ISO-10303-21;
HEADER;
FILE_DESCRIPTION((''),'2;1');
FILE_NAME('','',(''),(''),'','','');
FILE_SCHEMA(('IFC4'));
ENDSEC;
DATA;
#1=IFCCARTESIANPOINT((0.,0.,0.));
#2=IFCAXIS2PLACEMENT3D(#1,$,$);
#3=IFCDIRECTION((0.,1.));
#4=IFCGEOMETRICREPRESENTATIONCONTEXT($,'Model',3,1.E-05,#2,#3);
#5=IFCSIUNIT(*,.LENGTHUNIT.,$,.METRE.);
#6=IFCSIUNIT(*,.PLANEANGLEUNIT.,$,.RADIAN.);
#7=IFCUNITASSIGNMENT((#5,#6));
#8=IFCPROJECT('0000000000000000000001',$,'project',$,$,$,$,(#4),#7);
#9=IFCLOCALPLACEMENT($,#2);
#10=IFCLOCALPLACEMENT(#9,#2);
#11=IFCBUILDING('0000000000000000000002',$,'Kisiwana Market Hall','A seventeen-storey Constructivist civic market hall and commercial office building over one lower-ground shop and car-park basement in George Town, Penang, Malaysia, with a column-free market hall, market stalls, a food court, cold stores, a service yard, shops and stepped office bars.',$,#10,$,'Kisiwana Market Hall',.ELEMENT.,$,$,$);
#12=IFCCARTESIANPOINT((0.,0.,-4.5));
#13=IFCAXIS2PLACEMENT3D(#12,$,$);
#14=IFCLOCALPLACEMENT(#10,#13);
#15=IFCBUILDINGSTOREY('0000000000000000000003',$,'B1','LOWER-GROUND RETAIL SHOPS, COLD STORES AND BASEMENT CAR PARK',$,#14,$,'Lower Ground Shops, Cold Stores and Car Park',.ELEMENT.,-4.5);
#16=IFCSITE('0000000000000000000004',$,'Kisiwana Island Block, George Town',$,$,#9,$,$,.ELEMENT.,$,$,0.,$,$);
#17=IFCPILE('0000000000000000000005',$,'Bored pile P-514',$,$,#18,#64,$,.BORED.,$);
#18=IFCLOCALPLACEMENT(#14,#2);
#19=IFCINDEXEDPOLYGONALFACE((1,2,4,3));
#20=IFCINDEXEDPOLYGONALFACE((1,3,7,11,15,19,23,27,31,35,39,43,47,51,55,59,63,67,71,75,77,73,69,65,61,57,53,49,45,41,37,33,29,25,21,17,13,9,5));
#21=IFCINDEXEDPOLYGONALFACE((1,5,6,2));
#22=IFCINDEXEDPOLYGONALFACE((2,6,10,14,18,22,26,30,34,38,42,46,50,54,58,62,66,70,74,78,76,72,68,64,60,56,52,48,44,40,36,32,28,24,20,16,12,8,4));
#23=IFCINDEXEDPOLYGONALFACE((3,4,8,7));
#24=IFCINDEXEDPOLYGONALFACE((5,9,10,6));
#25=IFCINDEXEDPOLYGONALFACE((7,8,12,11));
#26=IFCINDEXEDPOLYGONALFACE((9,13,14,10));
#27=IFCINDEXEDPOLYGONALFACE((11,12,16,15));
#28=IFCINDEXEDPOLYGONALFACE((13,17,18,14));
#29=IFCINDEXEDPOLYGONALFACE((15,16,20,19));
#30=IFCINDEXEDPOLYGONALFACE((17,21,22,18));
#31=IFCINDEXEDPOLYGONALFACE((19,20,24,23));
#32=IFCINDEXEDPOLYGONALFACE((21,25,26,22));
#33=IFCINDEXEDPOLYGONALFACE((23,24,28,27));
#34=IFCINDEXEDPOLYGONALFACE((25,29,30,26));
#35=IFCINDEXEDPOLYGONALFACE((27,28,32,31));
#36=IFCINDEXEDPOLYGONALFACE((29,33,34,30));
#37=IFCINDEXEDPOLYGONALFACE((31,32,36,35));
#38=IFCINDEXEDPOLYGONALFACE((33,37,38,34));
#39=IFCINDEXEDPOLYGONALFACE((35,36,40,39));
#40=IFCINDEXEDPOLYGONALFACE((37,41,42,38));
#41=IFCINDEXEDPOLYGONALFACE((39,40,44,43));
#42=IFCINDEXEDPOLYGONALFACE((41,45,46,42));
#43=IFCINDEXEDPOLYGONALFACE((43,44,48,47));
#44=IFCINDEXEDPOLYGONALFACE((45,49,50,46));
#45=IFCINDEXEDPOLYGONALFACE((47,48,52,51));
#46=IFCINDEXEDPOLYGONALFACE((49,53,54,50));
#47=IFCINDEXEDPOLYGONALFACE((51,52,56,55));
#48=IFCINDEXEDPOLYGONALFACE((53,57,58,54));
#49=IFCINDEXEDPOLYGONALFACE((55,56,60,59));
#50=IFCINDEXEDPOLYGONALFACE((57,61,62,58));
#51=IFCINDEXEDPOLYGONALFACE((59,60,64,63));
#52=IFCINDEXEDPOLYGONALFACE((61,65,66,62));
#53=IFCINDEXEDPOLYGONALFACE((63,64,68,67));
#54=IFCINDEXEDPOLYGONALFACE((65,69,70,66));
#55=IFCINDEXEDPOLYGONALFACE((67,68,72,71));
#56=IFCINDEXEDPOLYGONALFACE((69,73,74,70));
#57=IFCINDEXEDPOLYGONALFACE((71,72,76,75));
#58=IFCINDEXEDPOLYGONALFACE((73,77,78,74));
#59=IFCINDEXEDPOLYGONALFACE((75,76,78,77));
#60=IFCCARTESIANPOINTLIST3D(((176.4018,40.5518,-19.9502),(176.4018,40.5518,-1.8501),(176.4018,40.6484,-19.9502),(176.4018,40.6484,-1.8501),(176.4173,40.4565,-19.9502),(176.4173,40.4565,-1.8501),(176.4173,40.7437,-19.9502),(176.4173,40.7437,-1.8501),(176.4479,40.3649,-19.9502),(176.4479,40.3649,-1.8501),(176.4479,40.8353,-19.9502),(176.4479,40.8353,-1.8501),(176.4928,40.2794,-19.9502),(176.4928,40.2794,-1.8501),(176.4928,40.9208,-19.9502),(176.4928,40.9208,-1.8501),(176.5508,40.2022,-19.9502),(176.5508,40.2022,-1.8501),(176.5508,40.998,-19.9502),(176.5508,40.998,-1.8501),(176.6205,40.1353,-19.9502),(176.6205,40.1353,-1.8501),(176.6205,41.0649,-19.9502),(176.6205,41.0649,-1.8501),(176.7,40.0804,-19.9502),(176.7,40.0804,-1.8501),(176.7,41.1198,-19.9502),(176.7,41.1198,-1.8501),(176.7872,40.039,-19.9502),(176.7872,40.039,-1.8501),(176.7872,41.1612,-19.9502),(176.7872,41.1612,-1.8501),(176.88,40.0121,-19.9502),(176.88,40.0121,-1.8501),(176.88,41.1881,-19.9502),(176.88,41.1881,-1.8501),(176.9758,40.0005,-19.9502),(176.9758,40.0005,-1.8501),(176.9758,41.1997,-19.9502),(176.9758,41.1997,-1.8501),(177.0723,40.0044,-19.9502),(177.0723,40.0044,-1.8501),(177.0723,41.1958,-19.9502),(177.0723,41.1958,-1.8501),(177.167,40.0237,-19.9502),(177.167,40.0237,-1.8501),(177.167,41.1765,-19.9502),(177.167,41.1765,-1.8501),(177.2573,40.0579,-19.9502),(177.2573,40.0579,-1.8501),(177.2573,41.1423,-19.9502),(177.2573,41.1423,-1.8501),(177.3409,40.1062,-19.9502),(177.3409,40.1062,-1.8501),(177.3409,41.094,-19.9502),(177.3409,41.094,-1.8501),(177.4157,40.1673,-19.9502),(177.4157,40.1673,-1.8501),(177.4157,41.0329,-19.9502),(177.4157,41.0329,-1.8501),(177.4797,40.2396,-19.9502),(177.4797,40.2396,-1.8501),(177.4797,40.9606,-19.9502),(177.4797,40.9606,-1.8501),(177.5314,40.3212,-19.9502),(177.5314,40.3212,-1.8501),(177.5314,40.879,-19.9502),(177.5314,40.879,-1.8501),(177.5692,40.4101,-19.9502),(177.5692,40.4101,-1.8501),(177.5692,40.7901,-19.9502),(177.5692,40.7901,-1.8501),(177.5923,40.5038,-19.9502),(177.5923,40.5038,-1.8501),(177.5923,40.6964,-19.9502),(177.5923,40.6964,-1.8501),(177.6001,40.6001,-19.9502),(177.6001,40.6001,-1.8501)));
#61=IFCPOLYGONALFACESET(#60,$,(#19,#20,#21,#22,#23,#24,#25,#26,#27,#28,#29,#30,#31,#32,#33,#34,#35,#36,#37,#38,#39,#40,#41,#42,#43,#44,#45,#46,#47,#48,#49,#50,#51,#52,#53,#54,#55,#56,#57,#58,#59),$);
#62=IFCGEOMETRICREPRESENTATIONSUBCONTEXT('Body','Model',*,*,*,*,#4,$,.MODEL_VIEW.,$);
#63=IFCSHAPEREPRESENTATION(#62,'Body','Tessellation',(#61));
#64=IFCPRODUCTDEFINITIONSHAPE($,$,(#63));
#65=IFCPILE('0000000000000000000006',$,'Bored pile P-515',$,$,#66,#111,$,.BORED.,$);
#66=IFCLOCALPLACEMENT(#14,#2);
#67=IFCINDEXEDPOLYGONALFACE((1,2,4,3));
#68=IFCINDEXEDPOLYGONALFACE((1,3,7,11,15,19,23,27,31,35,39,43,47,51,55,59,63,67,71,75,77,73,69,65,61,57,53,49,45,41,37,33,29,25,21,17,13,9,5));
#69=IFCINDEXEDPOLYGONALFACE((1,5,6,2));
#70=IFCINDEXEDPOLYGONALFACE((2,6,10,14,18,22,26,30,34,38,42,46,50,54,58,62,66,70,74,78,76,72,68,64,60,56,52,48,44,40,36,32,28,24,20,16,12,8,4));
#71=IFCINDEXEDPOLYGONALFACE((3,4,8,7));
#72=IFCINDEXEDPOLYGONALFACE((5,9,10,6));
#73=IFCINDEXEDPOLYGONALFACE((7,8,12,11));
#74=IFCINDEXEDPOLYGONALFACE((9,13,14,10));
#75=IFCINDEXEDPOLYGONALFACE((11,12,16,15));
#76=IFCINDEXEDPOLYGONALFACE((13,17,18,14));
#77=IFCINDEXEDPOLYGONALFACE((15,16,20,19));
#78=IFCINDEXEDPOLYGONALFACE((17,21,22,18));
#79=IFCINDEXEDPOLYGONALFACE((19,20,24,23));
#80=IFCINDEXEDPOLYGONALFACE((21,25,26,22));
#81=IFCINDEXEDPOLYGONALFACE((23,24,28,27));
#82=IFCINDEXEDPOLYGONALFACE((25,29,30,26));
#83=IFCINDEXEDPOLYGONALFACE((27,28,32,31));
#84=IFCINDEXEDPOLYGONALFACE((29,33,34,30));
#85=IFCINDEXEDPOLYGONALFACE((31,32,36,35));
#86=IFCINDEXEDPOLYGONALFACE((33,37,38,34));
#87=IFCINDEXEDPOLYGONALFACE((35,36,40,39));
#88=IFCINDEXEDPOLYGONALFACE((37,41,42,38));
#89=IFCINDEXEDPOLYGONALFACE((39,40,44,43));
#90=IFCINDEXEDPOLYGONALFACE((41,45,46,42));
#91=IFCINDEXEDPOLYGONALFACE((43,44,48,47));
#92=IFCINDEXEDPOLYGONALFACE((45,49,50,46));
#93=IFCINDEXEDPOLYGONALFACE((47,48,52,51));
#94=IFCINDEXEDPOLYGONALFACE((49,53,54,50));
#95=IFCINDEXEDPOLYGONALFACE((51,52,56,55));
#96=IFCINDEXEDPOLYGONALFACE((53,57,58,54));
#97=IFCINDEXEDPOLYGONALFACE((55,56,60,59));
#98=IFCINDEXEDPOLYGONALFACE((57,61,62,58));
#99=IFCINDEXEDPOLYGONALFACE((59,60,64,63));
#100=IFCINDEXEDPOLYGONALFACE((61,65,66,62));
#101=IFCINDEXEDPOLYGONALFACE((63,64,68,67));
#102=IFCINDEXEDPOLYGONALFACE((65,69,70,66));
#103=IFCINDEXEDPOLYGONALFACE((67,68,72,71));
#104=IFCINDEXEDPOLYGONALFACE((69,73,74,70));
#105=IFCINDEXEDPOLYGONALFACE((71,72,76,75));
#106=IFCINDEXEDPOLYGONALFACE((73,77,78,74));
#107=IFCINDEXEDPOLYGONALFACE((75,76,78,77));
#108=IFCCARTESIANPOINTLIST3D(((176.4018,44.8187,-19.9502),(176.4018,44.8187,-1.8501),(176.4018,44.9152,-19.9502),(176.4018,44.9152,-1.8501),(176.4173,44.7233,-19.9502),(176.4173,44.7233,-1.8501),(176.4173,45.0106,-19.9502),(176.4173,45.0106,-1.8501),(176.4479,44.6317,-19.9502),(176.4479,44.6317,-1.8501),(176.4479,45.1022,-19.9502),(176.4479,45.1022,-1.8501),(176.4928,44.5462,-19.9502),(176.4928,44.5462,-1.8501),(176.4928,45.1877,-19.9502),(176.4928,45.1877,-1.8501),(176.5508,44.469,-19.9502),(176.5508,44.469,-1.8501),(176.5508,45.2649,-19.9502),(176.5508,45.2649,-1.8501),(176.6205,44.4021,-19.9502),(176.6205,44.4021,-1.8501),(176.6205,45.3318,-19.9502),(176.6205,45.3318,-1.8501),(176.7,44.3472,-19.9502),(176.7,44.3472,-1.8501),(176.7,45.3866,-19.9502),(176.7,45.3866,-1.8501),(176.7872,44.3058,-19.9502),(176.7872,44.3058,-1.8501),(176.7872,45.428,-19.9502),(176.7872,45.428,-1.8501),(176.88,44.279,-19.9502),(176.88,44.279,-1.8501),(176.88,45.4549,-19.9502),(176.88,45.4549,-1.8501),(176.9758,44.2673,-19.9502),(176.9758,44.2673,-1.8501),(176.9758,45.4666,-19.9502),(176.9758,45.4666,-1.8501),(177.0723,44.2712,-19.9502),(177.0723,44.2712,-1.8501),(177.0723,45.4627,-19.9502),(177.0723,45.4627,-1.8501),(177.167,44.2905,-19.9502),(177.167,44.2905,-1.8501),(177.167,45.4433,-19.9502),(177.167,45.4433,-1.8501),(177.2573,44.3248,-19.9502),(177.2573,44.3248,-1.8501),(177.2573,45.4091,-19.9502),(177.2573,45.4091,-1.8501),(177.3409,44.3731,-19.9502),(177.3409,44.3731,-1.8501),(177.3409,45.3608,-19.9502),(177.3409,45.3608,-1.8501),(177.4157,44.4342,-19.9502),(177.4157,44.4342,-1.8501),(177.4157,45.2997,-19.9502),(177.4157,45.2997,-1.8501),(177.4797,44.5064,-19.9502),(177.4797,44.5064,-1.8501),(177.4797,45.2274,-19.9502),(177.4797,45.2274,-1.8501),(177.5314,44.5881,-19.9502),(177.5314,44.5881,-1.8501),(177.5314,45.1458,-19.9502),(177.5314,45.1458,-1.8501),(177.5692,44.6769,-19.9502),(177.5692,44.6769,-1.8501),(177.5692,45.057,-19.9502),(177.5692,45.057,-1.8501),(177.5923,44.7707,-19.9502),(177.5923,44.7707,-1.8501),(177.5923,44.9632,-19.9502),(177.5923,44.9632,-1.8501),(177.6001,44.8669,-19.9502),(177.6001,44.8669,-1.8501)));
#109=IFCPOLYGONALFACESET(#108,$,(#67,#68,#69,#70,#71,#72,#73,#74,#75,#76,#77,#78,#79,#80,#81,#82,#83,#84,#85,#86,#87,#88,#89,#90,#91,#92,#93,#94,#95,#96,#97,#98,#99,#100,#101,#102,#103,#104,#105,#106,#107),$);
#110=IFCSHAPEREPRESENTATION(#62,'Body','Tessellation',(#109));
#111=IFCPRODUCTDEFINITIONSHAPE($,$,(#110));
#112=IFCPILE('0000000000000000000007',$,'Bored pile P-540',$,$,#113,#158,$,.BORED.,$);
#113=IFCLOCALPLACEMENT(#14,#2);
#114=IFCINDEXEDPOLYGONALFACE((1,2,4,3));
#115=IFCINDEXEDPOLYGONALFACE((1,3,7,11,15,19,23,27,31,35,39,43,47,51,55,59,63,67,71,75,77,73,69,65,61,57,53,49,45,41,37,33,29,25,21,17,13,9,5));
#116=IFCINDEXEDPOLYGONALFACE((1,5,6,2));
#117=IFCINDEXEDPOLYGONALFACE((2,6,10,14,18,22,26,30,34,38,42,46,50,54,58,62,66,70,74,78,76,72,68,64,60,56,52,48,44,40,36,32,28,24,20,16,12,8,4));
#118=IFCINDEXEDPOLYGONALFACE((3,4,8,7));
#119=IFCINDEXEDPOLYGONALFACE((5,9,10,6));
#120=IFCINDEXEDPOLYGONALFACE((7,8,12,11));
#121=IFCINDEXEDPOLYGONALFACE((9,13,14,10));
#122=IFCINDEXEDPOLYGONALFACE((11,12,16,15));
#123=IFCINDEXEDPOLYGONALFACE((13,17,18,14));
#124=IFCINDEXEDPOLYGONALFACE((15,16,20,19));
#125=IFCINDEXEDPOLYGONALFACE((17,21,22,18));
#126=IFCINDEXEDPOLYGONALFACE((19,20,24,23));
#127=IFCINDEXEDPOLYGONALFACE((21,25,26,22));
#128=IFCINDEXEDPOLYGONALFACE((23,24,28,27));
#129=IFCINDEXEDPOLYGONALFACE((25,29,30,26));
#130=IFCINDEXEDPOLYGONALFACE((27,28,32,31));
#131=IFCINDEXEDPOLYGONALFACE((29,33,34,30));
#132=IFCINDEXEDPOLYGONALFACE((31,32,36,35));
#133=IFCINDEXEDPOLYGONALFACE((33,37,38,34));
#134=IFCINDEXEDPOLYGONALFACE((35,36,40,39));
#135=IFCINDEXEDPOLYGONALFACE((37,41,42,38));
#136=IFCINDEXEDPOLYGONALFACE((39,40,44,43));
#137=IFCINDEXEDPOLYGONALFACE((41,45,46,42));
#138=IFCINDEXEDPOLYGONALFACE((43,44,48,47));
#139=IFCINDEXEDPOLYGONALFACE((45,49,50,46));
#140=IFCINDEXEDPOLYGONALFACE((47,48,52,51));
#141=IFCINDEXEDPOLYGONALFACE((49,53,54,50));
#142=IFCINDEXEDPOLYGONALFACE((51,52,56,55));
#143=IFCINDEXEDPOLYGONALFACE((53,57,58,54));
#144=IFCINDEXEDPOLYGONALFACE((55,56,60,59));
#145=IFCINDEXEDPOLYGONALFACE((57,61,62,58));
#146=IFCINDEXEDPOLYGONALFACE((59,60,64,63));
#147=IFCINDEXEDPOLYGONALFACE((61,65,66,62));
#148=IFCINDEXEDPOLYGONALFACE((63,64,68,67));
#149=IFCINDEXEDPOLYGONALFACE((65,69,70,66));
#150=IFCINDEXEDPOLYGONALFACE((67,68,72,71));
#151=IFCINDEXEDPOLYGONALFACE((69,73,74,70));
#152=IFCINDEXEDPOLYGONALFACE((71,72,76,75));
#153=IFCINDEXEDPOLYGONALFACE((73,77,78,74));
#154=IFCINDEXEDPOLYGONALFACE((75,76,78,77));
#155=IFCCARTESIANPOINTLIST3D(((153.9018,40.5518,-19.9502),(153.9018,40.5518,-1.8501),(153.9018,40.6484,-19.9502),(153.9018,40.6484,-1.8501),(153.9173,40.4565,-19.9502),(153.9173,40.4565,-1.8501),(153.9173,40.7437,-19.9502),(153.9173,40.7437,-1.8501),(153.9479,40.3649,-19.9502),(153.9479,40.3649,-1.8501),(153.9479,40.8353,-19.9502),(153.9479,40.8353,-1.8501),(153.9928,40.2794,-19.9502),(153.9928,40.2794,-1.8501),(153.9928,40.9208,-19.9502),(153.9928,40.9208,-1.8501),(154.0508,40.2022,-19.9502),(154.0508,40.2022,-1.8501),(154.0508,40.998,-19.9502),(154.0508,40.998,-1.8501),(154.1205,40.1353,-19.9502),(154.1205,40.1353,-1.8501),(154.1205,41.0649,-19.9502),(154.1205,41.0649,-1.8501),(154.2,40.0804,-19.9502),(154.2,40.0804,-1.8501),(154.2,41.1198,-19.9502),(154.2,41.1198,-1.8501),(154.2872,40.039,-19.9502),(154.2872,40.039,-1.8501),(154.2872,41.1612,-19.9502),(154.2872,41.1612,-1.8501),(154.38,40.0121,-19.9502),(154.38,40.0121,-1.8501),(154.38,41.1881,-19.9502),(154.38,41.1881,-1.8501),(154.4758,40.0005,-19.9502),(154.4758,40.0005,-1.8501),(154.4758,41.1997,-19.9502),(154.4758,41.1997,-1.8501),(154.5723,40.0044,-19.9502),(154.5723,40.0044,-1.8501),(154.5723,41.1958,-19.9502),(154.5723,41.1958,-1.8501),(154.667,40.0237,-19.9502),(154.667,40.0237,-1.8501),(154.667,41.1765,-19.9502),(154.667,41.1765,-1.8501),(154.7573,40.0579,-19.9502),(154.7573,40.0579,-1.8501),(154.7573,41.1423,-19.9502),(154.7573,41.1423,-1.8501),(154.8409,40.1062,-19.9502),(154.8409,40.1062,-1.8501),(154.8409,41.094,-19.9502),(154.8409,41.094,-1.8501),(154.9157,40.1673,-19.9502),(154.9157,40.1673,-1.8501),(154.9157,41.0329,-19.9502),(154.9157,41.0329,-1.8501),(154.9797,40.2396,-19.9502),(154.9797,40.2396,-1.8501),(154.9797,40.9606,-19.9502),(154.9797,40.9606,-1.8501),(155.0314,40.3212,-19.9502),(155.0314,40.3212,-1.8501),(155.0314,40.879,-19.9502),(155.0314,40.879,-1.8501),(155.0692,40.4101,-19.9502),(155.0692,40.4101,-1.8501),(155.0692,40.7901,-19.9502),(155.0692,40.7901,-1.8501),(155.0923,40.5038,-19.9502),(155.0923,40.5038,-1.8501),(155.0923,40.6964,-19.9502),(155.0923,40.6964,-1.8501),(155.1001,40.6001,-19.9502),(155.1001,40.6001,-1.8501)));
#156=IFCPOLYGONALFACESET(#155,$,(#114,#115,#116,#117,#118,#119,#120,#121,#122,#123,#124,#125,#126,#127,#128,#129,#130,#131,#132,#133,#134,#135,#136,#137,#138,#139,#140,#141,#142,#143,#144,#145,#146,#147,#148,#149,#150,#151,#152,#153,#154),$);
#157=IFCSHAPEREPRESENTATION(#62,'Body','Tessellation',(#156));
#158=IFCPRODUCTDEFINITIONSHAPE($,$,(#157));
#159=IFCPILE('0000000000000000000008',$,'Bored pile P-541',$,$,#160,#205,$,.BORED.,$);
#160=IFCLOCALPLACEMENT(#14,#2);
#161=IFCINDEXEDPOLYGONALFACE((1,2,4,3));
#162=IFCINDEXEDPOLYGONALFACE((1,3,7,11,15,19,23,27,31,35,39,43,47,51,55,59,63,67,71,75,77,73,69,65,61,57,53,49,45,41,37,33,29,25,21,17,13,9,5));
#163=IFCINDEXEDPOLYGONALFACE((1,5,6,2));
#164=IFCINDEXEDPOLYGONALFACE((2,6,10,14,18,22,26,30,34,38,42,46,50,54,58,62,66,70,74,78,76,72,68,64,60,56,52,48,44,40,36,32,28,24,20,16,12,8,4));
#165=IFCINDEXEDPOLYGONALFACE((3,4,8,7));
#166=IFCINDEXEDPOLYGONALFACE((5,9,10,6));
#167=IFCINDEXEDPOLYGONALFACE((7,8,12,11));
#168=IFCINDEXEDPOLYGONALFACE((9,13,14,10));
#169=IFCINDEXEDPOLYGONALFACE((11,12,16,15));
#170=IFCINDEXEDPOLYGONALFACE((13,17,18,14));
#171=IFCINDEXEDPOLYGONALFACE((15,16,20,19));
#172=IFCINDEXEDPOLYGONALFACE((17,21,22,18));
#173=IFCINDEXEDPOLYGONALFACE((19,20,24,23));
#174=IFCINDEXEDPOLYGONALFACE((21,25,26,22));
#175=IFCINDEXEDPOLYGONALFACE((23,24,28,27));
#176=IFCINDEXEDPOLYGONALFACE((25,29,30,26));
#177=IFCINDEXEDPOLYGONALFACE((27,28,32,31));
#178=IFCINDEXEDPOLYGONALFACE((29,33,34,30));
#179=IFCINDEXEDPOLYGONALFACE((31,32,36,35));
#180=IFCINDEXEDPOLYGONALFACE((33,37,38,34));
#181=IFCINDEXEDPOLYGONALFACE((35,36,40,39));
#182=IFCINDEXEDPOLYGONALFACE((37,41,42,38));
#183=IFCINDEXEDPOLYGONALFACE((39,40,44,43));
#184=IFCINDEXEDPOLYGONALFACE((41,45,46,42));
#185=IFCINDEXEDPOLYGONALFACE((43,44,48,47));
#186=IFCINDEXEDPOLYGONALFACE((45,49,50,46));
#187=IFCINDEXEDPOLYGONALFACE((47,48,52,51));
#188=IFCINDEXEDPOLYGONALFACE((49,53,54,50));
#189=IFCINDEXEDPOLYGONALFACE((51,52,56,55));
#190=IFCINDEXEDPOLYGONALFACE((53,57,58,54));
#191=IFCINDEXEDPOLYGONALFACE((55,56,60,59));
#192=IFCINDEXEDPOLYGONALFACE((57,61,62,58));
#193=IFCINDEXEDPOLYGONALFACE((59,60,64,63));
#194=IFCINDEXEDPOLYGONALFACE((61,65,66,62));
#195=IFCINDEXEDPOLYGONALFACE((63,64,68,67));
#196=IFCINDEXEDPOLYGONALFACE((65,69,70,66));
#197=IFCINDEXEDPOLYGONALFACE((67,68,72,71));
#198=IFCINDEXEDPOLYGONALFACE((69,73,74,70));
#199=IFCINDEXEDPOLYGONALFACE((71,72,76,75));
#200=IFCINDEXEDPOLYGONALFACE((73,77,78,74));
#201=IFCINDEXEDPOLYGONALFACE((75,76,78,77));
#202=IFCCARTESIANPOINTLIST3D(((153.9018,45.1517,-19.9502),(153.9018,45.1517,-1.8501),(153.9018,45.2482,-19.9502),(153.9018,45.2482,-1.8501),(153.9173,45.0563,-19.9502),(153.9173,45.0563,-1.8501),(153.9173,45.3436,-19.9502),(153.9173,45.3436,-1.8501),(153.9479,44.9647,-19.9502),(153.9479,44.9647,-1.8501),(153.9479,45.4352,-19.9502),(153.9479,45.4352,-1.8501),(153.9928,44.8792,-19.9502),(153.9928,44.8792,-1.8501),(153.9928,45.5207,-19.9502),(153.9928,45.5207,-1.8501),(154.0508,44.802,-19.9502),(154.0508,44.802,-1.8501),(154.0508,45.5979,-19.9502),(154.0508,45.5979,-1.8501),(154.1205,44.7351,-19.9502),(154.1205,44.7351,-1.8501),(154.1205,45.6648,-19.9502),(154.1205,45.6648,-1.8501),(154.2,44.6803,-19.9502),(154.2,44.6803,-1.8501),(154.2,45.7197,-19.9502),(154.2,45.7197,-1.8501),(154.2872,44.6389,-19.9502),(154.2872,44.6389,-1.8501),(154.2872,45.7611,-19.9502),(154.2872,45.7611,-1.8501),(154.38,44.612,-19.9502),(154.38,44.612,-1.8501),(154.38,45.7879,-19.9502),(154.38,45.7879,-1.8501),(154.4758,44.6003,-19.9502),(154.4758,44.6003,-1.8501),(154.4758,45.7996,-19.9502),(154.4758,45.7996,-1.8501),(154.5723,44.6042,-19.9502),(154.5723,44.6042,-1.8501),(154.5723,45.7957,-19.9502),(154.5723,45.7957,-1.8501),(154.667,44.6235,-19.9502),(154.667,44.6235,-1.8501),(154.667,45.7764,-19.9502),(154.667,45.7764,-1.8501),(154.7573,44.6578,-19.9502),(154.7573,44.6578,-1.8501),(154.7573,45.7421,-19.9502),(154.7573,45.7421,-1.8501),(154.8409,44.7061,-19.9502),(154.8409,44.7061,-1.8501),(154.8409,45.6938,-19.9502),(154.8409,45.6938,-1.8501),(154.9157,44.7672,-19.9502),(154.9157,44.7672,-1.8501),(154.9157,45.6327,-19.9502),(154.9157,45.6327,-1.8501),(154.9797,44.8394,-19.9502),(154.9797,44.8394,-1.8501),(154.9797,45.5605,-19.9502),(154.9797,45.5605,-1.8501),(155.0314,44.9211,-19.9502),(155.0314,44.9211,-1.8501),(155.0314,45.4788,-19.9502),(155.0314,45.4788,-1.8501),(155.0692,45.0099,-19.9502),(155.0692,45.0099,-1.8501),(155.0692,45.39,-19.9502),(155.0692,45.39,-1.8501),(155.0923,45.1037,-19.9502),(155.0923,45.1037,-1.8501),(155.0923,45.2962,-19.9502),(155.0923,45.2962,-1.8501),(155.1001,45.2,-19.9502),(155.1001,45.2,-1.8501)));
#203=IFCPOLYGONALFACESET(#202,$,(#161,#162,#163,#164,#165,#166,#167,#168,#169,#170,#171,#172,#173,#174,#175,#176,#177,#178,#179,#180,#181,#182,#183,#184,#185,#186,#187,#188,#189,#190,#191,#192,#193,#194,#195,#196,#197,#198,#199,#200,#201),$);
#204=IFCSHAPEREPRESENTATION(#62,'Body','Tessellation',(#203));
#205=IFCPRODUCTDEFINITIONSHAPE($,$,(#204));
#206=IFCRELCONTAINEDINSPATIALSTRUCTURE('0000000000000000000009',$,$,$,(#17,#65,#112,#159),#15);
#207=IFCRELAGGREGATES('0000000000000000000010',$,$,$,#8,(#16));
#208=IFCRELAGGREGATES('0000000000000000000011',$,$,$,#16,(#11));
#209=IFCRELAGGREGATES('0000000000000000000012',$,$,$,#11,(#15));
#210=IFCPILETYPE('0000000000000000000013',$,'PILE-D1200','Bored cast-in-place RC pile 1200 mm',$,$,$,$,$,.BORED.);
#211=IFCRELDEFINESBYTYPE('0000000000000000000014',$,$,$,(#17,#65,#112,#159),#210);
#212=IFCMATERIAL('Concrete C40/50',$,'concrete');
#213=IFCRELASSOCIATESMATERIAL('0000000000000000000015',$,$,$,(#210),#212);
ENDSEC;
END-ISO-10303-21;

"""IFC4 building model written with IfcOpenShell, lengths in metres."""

from ifc_helpers import new_model, si_unit, direction, frame, origin, origin_2d, place, context, subcontext, project, spatial, circle, extrude, material, material_profile, profile_set, type_object, element, save


model = new_model("IFC4")

# Units and contexts
model_context = context("Model", 3, precision=1e-05, world=origin(), true_north=direction((0.0, 1.0)))
body_context = subcontext(model_context, "Body", "Model", "MODEL_VIEW")
ifc_project = project(units=[si_unit("LENGTHUNIT", "METRE"), si_unit("PLANEANGLEUNIT", "RADIAN")], contexts=[model_context])

# Site, building, storey
site_placement = place(None, origin())
site = spatial("IfcSite", under=ifc_project, at=site_placement, Name="Kisiwana Island Block, George Town", CompositionType="ELEMENT", RefElevation=0.0)
building_placement = place(site_placement, origin())
building = spatial("IfcBuilding", under=site, at=building_placement, Name="Kisiwana Market Hall", Description="A seventeen-storey Constructivist civic market hall and commercial office building over one lower-ground shop and car-park basement in George Town, Penang, Malaysia, with a column-free market hall, market stalls, a food court, cold stores, a service yard, shops and stepped office bars.", LongName="Kisiwana Market Hall", CompositionType="ELEMENT")
storey_placement = place(building_placement, frame((0.0, 0.0, -4.5)))
storey = spatial("IfcBuildingStorey", under=building, at=storey_placement, Name="B1", Description="LOWER-GROUND RETAIL SHOPS, COLD STORES AND BASEMENT CAR PARK", LongName="Lower Ground Shops, Cold Stores and Car Park", CompositionType="ELEMENT", Elevation=-4.5)

# Piles
ifc_material_1 = material(Name="Concrete C40/50", Category="concrete")
ifc_material_profile_1 = material_profile(ifc_material_1, circle(Radius=0.6001, at=origin_2d()), Name="BP D1200")
ifc_profile_set_1 = profile_set([ifc_material_profile_1], Name="Concrete C40/50")
pile_type_1 = type_object("IfcPileType", Name="PILE-D1200", Description="Bored cast-in-place RC pile 1200 mm", PredefinedType="BORED", material=ifc_profile_set_1)
for number, where, z_axis, x_axis, name in (
    (1, (177.0, 40.6001, -1.8501), (0.0, 0.0, -1.0), (1.0, 0.0, 0.0), "Bored pile P-514"),
    (2, (177.0, 44.8669, -1.8501), (0.0, 0.0, -1.0), (1.0, 0.0, 0.0), "Bored pile P-515"),
    (3, (154.5, 40.6001, -1.8501), (0.0, 0.0, -1.0), (1.0, 0.0, 0.0), "Bored pile P-540"),
    (4, (154.5, 45.2, -1.8501), (0.0, 0.0, -1.0), (1.0, 0.0, 0.0), "Bored pile P-541"),
):
    element("IfcPile", number, at=place(storey_placement, frame(where, z_axis=z_axis, x_axis=x_axis)), inside=storey, type_object=pile_type_1, Name=name, PredefinedType="BORED", context=body_context, shape_type="SweptSolid", body=[
        extrude(circle(Radius=0.6001, at=origin_2d()), origin(), (0.0, 0.0, 1.0), 18.1001),
    ])

save(model, "model.ifc")
